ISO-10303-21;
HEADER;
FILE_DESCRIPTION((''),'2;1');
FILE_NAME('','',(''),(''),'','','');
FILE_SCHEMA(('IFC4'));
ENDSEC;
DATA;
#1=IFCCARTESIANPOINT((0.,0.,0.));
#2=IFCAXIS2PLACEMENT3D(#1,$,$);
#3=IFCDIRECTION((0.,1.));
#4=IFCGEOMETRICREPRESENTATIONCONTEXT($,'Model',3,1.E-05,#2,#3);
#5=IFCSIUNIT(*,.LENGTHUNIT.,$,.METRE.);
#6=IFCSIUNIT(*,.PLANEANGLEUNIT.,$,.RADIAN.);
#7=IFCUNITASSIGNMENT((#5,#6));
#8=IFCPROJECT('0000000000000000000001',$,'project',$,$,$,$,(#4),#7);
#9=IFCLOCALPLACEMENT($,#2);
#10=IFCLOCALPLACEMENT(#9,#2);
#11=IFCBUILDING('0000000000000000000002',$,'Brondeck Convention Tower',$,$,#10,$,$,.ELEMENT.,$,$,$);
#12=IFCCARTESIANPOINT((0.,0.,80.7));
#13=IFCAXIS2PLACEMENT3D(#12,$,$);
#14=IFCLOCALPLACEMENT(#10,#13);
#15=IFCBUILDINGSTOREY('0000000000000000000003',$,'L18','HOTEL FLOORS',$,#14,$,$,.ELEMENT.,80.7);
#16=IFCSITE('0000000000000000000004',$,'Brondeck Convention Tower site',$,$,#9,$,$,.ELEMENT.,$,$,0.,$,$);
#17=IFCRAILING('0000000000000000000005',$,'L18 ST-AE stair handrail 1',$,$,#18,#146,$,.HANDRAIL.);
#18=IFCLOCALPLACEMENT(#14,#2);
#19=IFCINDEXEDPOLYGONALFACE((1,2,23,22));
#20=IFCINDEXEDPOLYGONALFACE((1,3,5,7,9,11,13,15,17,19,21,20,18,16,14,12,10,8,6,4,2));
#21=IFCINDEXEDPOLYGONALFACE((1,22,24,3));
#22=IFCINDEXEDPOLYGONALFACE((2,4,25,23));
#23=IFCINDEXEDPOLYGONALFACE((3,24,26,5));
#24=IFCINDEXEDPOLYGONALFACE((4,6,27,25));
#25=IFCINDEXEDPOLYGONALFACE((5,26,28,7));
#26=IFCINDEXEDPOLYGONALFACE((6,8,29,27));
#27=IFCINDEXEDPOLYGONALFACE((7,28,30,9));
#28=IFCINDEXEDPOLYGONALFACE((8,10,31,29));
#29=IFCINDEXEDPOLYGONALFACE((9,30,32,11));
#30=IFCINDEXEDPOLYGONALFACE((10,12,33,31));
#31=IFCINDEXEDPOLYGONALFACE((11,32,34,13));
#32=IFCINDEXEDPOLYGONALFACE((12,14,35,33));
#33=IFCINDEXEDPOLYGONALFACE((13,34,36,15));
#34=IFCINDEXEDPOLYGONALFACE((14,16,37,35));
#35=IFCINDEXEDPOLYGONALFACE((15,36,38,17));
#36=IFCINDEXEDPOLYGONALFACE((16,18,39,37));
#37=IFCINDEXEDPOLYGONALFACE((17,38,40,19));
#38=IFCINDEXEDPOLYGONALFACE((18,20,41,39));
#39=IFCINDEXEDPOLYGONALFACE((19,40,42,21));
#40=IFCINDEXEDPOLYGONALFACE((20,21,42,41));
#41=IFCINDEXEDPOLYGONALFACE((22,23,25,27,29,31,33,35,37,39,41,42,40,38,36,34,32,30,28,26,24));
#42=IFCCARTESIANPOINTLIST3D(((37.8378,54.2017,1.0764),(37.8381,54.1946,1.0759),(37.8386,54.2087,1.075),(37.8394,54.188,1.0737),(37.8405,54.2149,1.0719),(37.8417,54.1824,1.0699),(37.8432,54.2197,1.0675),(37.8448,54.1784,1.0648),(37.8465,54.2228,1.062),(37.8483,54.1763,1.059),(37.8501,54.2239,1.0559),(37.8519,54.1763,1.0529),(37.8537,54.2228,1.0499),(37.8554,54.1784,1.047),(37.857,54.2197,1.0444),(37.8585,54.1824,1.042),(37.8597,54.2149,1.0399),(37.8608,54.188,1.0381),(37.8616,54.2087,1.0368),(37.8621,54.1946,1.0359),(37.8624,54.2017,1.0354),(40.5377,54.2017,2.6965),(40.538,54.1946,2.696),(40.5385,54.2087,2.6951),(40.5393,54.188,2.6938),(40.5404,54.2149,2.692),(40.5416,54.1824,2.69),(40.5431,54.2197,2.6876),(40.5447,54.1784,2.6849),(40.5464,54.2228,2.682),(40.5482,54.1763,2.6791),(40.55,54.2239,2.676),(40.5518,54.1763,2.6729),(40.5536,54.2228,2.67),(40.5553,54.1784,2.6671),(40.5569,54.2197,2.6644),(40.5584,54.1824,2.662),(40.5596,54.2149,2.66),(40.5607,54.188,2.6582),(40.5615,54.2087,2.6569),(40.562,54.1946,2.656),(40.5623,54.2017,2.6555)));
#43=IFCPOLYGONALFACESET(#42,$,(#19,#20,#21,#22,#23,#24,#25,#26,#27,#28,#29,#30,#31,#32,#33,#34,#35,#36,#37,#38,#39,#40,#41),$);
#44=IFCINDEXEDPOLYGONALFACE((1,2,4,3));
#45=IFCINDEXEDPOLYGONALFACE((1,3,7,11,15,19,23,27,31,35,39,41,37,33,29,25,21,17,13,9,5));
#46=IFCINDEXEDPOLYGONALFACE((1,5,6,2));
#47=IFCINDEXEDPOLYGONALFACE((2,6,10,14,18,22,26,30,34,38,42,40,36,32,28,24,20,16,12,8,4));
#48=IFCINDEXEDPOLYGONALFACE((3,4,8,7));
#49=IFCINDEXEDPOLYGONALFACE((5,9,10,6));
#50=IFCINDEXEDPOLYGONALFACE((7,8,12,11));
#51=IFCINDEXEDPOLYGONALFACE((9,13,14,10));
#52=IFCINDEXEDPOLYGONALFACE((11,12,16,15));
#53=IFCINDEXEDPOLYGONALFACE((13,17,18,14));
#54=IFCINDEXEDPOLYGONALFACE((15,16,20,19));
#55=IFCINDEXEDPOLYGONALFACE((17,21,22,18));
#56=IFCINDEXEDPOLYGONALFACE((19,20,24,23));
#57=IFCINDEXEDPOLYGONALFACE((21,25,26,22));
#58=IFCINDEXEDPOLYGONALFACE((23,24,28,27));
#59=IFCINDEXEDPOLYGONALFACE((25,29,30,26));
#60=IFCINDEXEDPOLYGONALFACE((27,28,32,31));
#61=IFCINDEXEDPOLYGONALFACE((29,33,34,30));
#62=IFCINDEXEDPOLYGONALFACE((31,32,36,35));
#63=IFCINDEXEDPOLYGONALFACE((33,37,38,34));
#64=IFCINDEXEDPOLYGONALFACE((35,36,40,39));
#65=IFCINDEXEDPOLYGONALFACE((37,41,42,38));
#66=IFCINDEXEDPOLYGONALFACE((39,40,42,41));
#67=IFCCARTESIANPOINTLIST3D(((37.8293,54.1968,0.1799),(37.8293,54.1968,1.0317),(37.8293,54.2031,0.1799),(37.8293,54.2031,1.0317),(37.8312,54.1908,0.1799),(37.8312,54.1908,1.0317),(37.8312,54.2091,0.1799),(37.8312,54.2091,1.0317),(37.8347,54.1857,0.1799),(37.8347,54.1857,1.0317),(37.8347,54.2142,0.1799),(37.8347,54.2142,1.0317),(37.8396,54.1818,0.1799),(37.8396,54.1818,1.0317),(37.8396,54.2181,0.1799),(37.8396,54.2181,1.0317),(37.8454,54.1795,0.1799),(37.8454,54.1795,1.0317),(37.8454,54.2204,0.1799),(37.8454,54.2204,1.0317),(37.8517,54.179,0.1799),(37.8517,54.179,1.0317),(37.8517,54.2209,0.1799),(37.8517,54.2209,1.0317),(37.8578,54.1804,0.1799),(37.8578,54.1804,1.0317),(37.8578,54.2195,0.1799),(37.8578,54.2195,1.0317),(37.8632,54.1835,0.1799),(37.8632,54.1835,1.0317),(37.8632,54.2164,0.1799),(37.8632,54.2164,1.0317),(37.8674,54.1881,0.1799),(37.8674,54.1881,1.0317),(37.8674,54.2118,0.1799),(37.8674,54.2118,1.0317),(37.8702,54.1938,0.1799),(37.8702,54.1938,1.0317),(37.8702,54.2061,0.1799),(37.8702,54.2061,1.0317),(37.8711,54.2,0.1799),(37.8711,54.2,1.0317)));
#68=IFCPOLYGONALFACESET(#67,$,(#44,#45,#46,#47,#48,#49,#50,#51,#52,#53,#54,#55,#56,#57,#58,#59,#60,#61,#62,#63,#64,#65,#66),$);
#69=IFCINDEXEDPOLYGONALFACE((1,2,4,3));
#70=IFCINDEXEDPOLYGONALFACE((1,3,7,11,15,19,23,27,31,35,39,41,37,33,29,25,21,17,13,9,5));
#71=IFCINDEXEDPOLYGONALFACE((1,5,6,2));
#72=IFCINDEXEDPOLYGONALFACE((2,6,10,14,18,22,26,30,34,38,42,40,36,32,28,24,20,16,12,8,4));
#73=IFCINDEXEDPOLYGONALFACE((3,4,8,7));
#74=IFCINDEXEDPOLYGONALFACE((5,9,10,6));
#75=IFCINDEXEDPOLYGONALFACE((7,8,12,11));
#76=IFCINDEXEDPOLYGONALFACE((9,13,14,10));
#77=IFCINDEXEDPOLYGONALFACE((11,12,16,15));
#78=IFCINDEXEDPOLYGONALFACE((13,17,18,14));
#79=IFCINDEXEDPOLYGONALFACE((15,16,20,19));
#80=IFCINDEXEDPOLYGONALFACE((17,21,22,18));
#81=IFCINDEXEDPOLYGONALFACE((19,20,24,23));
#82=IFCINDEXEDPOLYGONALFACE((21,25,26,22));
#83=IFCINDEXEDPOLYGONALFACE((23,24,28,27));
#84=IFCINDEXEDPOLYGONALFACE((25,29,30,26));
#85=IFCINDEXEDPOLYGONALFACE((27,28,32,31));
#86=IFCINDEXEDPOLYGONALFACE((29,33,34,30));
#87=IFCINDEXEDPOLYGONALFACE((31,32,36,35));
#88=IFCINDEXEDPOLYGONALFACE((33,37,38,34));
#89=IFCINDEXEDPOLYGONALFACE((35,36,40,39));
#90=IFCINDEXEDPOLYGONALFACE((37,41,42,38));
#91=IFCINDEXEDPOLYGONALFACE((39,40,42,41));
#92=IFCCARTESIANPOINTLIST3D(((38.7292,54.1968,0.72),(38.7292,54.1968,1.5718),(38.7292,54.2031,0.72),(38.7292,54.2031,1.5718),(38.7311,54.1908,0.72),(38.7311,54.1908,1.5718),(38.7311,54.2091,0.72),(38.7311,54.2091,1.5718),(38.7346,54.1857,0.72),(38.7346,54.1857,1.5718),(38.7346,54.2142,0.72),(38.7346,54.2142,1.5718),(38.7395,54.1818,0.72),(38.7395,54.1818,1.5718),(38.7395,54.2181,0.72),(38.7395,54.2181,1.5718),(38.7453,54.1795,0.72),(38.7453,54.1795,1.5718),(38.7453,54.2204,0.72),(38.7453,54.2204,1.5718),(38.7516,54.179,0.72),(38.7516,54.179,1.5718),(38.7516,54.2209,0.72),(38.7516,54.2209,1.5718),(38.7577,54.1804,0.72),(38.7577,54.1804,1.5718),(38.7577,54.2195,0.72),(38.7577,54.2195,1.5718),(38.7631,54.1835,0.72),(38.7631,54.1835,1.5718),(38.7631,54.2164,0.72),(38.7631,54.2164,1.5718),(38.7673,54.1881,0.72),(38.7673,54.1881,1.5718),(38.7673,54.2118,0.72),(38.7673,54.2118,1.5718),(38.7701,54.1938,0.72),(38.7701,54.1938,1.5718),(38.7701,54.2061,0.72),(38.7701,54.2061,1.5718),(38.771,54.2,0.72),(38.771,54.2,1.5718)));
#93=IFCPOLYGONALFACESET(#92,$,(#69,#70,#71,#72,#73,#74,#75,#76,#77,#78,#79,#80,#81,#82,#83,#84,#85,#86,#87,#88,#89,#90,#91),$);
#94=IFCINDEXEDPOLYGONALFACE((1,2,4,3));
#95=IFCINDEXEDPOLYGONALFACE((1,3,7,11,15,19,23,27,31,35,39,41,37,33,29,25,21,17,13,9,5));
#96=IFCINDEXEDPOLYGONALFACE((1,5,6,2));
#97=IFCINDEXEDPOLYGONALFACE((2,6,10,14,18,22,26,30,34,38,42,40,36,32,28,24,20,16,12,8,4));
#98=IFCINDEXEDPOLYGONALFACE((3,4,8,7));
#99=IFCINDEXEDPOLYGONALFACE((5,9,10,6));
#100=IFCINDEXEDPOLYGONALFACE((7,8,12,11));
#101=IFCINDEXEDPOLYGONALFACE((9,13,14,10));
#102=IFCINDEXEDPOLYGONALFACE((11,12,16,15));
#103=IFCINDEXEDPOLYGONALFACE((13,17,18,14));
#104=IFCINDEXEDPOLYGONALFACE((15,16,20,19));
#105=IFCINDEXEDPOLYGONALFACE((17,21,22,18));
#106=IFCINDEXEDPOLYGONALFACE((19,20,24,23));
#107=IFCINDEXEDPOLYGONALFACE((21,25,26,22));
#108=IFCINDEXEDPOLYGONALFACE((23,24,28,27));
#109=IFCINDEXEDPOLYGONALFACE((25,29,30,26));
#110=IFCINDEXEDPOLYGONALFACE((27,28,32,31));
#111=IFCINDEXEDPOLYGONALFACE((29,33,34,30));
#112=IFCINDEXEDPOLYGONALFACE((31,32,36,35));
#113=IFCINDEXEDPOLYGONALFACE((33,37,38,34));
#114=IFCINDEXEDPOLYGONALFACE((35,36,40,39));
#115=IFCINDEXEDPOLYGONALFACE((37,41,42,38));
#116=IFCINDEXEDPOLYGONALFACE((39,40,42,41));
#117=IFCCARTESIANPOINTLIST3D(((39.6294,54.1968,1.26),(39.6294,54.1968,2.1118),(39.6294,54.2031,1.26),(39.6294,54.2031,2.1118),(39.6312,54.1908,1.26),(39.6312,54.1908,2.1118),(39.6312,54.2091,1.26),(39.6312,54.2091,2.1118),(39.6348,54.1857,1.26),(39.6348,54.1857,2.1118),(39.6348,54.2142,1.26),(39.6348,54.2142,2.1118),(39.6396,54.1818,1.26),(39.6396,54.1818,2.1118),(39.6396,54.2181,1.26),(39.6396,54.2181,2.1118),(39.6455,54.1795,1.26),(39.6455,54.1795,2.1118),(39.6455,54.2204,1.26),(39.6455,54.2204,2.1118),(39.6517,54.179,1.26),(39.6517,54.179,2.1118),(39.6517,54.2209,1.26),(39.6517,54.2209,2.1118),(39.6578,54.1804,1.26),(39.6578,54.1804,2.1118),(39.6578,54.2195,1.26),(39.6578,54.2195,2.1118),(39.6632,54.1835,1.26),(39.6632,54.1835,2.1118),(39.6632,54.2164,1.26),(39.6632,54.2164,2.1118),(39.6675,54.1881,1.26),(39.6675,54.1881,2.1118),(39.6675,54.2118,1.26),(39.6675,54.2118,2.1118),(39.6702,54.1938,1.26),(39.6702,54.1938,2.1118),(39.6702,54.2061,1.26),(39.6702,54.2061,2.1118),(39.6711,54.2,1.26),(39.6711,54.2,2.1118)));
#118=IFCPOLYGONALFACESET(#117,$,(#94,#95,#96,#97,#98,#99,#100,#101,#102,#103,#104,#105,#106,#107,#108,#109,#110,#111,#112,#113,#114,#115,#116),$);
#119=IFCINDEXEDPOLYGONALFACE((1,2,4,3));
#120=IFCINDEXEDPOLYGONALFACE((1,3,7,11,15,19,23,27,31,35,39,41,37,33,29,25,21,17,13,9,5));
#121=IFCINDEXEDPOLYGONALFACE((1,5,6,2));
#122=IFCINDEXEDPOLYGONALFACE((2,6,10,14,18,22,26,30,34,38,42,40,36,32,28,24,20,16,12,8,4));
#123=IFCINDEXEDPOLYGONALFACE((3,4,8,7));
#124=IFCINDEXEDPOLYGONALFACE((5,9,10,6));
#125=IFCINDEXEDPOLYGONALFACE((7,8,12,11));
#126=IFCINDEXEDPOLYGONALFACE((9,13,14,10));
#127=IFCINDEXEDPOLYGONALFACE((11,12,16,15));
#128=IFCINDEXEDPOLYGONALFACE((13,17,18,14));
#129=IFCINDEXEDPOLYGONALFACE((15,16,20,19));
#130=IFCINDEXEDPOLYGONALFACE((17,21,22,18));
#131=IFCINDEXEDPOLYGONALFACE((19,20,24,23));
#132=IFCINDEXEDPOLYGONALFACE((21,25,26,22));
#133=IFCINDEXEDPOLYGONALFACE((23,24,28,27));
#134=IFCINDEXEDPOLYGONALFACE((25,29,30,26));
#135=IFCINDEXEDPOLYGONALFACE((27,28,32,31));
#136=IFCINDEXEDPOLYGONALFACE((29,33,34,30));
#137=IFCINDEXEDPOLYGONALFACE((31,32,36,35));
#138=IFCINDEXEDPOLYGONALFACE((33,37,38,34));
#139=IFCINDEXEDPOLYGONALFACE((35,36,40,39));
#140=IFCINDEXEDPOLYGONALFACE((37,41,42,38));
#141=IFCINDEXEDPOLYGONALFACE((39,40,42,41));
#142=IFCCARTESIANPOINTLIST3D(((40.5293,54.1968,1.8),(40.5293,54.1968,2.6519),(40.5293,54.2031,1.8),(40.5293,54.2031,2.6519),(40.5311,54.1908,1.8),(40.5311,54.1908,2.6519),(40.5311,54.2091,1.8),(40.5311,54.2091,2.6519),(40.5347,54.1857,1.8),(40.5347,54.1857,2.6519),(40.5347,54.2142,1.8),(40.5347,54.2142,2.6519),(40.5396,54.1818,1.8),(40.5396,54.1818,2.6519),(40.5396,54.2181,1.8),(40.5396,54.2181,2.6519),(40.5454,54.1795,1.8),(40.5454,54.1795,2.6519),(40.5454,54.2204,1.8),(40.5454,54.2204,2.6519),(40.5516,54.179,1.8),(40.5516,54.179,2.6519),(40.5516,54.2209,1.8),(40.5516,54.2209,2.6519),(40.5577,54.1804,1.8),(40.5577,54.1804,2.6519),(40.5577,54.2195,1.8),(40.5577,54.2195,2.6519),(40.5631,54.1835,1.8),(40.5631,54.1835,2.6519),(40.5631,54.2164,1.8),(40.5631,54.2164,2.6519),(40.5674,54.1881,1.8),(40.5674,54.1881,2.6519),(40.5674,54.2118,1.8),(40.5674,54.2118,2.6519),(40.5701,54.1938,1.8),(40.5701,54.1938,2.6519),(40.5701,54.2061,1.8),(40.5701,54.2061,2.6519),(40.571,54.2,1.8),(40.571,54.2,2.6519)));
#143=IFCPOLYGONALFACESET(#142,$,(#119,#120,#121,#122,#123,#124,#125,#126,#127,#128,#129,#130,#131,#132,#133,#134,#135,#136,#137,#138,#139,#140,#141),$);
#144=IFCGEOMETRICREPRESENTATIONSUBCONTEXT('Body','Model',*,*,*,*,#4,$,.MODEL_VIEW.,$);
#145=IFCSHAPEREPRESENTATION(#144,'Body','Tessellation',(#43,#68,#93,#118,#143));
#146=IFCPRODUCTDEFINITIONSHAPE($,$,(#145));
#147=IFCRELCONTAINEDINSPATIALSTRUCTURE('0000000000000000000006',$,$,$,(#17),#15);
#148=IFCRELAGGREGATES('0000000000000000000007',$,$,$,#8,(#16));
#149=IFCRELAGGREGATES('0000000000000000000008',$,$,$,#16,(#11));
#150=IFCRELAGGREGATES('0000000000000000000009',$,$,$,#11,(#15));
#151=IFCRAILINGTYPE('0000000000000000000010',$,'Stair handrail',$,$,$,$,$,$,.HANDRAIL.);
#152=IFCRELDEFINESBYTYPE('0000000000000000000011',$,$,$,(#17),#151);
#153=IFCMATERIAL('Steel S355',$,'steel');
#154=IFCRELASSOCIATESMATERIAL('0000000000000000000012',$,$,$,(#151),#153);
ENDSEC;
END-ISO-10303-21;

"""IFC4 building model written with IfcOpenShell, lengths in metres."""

from ifc_helpers import new_model, si_unit, direction, frame, origin, origin_2d, place, context, subcontext, project, spatial, circle, extrude, material, type_object, element, save


model = new_model("IFC4")

# Units and contexts
model_context = context("Model", 3, precision=1e-05, world=origin(), true_north=direction((0.0, 1.0)))
body_context = subcontext(model_context, "Body", "Model", "MODEL_VIEW")
ifc_project = project(units=[si_unit("LENGTHUNIT", "METRE"), si_unit("PLANEANGLEUNIT", "RADIAN")], contexts=[model_context])

# Site, building, storey
site_placement = place(None, origin())
site = spatial("IfcSite", under=ifc_project, at=site_placement, Name="Brondeck Convention Tower site", CompositionType="ELEMENT", RefElevation=0.0)
building_placement = place(site_placement, origin())
building = spatial("IfcBuilding", under=site, at=building_placement, Name="Brondeck Convention Tower", CompositionType="ELEMENT")
storey_placement = place(building_placement, frame((0.0, 0.0, 80.7)))
storey = spatial("IfcBuildingStorey", under=building, at=storey_placement, Name="L18", Description="HOTEL FLOORS", CompositionType="ELEMENT", Elevation=80.7)

# Shared definitions
ifc_material_1 = material(Name="Steel S355", Category="steel")

# Railing
railing_type_1 = type_object("IfcRailingType", Name="Stair handrail", PredefinedType="HANDRAIL", material=ifc_material_1)
railing_1_placement = place(storey_placement, frame((37.8501, 54.2, 0.1799)))
element("IfcRailing", 1, at=railing_1_placement, inside=storey, type_object=railing_type_1, Name="L18 ST-AE stair handrail 1", PredefinedType="HANDRAIL", context=body_context, shape_type="SweptSolid", body=[
    extrude(circle(Radius=0.0239, at=origin_2d()), frame((0.0, 0.0, 0.876), z_axis=(0.857472, 0.0, 0.51453), x_axis=(0.0, 1.0, 0.0)), (0.0, 0.0, 1.0), 3.1487),
    extrude(circle(Radius=0.021, at=origin_2d()), origin(), (0.0, 0.0, 1.0), 0.8518),
    extrude(circle(Radius=0.021, at=origin_2d()), frame((0.8999, 0.0, 0.54)), (0.0, 0.0, 1.0), 0.8518),
    extrude(circle(Radius=0.021, at=origin_2d()), frame((1.8, 0.0, 1.0801)), (0.0, 0.0, 1.0), 0.8518),
    extrude(circle(Radius=0.021, at=origin_2d()), frame((2.7, 0.0, 1.6201)), (0.0, 0.0, 1.0), 0.8518),
])

save(model, "model.ifc")
